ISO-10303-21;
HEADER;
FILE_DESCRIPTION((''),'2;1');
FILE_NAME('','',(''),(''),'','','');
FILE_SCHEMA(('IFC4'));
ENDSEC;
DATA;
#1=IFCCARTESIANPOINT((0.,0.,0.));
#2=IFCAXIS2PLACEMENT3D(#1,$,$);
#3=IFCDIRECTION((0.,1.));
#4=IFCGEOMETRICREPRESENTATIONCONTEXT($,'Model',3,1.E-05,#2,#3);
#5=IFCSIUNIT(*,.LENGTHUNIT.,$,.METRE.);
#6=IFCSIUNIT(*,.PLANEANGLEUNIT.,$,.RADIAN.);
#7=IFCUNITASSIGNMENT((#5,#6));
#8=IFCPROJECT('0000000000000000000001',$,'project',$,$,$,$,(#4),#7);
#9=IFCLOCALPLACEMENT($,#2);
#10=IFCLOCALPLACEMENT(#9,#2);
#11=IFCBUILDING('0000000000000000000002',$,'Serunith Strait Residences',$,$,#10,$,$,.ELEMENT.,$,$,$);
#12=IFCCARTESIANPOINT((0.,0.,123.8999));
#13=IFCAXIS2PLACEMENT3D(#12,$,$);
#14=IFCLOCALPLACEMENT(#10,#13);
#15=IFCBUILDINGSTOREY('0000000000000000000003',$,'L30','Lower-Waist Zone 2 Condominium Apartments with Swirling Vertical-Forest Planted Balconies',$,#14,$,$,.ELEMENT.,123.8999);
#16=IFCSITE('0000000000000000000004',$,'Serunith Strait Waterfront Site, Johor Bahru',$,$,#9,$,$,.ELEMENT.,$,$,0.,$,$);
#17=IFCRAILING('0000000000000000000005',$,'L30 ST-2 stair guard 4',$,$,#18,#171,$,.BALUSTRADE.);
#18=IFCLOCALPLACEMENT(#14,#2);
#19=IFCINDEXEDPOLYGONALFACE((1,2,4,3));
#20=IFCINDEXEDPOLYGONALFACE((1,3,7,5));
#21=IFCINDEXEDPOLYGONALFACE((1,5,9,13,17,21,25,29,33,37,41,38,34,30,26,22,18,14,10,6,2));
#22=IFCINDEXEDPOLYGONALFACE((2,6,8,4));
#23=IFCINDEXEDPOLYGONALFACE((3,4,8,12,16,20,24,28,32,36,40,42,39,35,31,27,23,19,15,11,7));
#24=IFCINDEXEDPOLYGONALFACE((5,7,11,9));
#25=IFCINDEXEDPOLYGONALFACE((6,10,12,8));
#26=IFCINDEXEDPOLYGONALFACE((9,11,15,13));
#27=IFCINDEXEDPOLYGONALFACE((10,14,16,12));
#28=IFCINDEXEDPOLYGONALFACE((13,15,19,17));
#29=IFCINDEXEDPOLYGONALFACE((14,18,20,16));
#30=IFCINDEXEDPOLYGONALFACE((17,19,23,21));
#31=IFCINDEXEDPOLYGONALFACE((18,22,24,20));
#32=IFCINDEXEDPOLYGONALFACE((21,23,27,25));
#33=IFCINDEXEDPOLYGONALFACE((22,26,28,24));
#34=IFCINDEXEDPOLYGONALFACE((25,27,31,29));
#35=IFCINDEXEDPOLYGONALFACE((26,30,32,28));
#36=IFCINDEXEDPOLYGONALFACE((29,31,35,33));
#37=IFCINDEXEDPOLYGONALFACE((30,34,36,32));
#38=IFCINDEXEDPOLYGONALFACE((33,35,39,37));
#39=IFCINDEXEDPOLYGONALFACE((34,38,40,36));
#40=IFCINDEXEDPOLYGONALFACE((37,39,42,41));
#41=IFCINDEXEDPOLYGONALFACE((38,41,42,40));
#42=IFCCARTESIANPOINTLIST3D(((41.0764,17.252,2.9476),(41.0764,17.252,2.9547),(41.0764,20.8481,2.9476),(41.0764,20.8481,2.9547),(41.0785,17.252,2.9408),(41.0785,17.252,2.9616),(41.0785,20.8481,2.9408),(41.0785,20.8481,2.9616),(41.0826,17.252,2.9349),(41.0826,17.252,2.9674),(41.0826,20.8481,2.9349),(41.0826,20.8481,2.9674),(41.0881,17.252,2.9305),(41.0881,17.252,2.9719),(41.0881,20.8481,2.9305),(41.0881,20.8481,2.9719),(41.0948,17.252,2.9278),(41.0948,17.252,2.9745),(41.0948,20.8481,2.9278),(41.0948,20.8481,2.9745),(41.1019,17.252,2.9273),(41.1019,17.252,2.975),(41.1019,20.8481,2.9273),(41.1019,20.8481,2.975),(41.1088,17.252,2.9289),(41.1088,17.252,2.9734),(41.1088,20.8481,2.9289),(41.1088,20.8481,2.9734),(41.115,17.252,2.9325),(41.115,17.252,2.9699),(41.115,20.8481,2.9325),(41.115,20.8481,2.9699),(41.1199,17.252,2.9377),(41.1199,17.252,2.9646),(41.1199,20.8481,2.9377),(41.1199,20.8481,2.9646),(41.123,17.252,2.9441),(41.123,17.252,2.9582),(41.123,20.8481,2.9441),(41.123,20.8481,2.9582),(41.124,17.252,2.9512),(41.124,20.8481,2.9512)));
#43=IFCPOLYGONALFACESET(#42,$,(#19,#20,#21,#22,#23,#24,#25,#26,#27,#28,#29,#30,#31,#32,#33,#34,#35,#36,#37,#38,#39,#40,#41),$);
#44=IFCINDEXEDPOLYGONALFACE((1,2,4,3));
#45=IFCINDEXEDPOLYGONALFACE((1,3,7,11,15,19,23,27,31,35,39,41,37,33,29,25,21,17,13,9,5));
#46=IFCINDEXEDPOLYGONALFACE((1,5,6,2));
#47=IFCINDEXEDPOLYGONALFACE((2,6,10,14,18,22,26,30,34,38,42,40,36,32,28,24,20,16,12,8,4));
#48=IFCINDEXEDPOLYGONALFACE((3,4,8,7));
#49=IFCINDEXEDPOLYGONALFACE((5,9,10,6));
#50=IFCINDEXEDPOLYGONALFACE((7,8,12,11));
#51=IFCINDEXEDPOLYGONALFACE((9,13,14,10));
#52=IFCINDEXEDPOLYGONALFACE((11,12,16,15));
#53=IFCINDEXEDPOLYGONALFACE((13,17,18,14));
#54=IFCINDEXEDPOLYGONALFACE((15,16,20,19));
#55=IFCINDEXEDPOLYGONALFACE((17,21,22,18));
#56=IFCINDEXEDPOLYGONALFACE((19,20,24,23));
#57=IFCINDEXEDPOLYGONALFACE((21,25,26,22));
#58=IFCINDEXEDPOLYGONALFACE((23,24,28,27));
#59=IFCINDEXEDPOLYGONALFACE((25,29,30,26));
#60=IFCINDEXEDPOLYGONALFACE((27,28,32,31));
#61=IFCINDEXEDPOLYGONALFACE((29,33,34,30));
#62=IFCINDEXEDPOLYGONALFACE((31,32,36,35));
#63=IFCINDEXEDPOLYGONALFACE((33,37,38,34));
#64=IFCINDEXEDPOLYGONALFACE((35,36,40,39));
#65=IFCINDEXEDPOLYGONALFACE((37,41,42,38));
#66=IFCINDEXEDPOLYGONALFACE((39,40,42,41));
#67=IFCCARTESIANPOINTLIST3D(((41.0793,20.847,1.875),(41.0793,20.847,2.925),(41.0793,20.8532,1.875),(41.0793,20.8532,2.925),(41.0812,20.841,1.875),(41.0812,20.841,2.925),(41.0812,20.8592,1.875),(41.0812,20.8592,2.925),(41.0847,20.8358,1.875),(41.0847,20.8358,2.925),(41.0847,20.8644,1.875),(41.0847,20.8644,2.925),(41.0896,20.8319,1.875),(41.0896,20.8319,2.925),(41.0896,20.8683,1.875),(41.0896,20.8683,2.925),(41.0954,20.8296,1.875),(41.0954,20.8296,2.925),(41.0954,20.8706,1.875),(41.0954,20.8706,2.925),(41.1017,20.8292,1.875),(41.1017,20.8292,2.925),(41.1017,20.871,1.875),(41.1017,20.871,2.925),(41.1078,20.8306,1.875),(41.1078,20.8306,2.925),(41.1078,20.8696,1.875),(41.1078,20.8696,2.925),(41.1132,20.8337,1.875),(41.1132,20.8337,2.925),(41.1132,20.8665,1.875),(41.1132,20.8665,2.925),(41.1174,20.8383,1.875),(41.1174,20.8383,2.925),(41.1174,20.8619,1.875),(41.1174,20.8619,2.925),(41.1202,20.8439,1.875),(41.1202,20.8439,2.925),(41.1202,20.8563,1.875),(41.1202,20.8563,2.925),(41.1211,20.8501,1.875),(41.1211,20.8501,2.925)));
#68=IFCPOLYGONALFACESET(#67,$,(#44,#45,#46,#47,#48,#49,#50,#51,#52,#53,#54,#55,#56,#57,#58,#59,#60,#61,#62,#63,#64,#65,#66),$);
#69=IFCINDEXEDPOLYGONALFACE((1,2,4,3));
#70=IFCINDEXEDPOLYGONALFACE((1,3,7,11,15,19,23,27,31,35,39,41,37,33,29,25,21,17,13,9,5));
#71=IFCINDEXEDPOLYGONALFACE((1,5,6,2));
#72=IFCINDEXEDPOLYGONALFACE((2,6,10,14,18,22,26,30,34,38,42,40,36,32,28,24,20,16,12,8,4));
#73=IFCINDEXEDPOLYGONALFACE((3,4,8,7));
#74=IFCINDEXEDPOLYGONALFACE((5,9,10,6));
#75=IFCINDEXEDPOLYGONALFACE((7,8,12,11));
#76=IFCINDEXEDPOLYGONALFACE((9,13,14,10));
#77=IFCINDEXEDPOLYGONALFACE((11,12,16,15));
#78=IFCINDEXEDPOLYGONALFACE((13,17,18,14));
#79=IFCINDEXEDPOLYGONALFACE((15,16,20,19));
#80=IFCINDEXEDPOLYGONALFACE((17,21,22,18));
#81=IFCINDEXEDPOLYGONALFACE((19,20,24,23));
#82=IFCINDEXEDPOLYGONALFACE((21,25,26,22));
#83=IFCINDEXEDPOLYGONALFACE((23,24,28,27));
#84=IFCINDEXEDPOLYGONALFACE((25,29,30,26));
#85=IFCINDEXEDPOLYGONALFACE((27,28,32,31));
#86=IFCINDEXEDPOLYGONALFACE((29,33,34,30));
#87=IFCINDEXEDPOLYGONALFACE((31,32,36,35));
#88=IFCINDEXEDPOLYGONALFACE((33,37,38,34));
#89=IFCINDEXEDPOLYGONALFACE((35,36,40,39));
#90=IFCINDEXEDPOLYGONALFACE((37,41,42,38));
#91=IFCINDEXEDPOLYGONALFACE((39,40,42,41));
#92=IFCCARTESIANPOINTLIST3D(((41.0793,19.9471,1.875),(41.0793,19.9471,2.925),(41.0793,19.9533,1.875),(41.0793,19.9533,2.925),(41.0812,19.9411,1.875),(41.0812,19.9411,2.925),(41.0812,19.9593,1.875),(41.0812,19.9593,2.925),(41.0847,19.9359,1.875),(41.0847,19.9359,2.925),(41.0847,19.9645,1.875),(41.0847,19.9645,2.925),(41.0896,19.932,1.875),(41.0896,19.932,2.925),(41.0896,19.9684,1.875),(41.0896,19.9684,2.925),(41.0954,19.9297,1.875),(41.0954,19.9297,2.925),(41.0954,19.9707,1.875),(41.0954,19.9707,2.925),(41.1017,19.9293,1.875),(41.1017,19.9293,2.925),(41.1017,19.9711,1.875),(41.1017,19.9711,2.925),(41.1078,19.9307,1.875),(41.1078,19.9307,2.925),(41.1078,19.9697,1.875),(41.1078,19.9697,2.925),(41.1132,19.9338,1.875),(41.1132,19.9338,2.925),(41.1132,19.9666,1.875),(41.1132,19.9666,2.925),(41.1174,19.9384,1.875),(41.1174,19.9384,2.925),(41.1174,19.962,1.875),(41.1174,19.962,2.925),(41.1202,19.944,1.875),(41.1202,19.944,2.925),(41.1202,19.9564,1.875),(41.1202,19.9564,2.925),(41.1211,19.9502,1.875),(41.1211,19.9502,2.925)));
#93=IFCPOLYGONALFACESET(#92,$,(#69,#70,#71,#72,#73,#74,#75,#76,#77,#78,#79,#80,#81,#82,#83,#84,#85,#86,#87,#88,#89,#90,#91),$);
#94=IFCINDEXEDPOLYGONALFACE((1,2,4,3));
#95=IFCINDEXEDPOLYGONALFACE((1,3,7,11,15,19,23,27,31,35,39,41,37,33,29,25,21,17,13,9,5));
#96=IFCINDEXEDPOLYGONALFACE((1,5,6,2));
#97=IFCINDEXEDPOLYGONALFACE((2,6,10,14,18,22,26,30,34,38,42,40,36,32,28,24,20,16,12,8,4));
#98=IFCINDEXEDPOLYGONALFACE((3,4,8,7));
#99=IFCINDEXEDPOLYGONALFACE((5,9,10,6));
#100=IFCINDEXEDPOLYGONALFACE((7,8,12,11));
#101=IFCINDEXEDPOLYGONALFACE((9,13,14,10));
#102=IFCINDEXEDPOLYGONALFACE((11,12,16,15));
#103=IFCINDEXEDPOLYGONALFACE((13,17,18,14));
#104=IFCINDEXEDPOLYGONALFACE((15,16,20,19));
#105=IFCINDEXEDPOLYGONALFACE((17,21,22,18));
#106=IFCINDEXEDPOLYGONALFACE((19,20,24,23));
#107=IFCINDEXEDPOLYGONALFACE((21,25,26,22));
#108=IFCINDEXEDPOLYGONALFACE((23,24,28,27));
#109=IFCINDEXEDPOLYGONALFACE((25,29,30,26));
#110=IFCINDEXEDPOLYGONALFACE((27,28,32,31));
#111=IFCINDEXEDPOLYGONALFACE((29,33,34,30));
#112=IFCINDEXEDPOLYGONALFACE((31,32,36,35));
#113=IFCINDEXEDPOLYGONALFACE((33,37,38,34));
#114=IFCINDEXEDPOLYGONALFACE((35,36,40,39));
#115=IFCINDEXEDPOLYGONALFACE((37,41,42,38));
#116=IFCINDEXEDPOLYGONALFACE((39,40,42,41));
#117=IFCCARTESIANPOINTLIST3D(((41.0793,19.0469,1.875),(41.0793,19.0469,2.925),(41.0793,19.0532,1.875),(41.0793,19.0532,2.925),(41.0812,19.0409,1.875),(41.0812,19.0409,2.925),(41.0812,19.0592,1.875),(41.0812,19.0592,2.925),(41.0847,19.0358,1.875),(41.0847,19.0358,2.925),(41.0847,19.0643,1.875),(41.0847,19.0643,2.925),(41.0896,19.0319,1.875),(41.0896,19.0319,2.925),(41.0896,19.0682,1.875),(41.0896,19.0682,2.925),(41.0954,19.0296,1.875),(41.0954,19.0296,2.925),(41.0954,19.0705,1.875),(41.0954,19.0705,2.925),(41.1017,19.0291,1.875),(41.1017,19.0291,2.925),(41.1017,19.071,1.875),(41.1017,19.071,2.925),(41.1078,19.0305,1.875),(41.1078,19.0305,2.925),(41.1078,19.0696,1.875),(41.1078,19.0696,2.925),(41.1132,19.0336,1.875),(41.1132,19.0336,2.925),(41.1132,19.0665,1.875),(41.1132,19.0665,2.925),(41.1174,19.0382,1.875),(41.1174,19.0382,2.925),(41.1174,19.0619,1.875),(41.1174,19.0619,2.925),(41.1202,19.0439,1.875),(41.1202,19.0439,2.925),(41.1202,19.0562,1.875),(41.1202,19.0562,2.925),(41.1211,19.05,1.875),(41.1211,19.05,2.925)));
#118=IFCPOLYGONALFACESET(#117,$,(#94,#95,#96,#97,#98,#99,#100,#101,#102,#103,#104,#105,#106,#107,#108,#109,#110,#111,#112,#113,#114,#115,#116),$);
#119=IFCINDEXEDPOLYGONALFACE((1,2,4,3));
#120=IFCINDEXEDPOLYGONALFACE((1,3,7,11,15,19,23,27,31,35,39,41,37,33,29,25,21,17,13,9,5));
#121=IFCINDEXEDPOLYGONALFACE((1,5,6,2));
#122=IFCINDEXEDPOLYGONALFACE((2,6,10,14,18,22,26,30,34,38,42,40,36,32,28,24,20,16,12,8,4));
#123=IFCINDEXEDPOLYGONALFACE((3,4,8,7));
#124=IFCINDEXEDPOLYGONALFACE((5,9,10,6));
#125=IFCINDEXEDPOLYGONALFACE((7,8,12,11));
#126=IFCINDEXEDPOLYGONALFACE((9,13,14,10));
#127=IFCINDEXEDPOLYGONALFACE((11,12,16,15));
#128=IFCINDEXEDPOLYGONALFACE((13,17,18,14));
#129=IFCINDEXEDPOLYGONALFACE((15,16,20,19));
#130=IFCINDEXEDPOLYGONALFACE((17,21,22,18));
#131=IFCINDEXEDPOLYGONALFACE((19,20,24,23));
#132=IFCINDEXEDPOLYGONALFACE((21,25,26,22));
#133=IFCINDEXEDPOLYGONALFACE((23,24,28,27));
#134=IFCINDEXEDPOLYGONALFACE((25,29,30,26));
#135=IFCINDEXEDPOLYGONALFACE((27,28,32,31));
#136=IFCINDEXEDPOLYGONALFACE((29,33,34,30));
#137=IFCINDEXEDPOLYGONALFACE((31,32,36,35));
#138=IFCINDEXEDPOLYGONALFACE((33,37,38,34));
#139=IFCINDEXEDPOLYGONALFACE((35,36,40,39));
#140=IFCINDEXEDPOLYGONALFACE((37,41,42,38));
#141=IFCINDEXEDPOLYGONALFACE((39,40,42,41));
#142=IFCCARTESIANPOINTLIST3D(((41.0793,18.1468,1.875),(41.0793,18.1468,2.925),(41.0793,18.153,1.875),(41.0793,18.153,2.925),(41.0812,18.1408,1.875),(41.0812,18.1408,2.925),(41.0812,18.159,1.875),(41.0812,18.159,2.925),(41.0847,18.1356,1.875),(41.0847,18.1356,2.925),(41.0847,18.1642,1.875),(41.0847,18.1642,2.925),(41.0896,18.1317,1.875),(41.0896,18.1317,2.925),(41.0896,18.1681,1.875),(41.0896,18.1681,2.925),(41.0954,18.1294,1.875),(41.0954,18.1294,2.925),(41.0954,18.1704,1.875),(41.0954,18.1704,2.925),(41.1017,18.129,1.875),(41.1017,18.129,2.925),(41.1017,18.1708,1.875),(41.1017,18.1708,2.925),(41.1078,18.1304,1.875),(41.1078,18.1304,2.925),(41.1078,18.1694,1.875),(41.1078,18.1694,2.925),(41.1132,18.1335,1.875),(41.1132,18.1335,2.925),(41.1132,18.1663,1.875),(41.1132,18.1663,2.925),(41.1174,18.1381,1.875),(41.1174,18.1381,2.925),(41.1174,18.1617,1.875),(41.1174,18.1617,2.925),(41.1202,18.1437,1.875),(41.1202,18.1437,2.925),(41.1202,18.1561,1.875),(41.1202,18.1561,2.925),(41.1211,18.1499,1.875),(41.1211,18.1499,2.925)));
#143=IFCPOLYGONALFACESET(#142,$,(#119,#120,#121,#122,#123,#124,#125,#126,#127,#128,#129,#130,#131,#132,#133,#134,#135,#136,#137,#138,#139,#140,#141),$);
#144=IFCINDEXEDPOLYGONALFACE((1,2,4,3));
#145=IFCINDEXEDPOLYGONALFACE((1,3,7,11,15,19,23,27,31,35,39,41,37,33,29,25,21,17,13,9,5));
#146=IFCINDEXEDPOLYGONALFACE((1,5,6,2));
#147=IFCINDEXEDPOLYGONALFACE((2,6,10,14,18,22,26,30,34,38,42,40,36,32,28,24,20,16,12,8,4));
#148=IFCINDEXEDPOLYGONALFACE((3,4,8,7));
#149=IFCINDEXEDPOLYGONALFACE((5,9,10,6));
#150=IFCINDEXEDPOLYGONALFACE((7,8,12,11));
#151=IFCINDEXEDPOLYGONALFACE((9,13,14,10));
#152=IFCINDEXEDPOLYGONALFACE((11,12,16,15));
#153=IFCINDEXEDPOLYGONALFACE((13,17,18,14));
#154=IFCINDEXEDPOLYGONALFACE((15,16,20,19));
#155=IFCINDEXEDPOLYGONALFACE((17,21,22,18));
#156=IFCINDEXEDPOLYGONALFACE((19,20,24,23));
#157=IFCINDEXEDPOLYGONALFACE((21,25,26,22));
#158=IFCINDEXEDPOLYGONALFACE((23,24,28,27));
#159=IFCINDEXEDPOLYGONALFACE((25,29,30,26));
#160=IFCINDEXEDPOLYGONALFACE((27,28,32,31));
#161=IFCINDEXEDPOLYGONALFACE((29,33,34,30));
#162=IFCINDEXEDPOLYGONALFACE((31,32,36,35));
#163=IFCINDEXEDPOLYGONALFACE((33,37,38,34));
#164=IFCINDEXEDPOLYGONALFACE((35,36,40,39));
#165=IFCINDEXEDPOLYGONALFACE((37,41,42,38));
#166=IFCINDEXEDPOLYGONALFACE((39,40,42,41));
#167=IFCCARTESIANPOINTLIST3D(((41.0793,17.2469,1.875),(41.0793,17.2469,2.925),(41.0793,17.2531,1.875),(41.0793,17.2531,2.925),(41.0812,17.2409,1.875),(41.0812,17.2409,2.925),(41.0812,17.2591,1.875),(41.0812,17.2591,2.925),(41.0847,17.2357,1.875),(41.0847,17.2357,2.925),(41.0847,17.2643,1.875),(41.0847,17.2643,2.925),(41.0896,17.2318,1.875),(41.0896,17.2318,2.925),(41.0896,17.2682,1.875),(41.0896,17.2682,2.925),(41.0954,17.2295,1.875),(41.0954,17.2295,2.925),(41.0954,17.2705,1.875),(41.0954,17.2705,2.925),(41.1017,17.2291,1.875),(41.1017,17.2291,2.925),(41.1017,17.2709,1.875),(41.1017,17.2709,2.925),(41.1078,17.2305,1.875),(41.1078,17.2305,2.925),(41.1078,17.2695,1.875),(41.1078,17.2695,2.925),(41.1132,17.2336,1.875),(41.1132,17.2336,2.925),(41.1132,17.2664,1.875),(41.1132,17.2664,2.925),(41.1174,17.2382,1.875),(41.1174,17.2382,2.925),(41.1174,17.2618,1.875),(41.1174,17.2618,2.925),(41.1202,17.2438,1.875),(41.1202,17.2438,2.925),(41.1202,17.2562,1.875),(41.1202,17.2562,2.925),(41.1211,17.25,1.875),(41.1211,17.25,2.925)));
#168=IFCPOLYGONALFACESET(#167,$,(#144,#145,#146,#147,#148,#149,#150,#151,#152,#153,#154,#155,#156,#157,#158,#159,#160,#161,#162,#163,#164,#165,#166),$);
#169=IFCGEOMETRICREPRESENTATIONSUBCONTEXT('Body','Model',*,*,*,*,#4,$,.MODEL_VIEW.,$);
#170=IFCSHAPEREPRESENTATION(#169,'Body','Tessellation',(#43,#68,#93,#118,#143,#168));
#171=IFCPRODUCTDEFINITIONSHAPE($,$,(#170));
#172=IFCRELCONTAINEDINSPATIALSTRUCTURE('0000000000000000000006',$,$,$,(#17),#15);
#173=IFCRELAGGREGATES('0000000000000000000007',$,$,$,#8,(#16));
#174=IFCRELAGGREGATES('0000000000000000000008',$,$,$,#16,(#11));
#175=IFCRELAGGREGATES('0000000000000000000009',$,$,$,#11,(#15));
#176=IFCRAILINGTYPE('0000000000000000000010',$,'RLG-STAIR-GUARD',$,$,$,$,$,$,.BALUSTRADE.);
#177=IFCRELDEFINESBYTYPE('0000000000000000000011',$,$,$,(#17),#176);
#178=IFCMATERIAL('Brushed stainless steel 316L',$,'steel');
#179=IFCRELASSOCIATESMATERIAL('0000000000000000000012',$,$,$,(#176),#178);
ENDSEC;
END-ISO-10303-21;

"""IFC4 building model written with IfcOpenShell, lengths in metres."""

from ifc_helpers import new_model, si_unit, direction, frame, origin, origin_2d, place, context, subcontext, project, spatial, circle, extrude, material, type_object, element, save


model = new_model("IFC4")

# Units and contexts
model_context = context("Model", 3, precision=1e-05, world=origin(), true_north=direction((0.0, 1.0)))
body_context = subcontext(model_context, "Body", "Model", "MODEL_VIEW")
ifc_project = project(units=[si_unit("LENGTHUNIT", "METRE"), si_unit("PLANEANGLEUNIT", "RADIAN")], contexts=[model_context])

# Site, building, storey
site_placement = place(None, origin())
site = spatial("IfcSite", under=ifc_project, at=site_placement, Name="Serunith Strait Waterfront Site, Johor Bahru", CompositionType="ELEMENT", RefElevation=0.0)
building_placement = place(site_placement, origin())
building = spatial("IfcBuilding", under=site, at=building_placement, Name="Serunith Strait Residences", CompositionType="ELEMENT")
storey_placement = place(building_placement, frame((0.0, 0.0, 123.8999)))
storey = spatial("IfcBuildingStorey", under=building, at=storey_placement, Name="L30", Description="Lower-Waist Zone 2 Condominium Apartments with Swirling Vertical-Forest Planted Balconies", CompositionType="ELEMENT", Elevation=123.8999)

# Railing
ifc_material_1 = material(Name="Brushed stainless steel 316L", Category="steel")
railing_type_1 = type_object("IfcRailingType", Name="RLG-STAIR-GUARD", PredefinedType="BALUSTRADE", material=ifc_material_1)
for number, where, name in (
    (1, (41.1001, 20.8501, 1.875), "L30 ST-2 stair guard 4"),
):
    element("IfcRailing", number, at=place(storey_placement, frame(where)), inside=storey, type_object=railing_type_1, Name=name, PredefinedType="BALUSTRADE", context=body_context, shape_type="SweptSolid", body=[
        extrude(circle(Radius=0.0239, at=origin_2d()), frame((0.0, -0.002, 1.0762), z_axis=(0.0, -1.0, 0.0), x_axis=(1.0, 0.0, 0.0)), (0.0, 0.0, 1.0), 3.5962),
        extrude(circle(Radius=0.021, at=origin_2d()), origin(), (0.0, 0.0, 1.0), 1.05),
        extrude(circle(Radius=0.021, at=origin_2d()), frame((0.0, -0.8999, 0.0)), (0.0, 0.0, 1.0), 1.05),
        extrude(circle(Radius=0.021, at=origin_2d()), frame((0.0, -1.8, 0.0)), (0.0, 0.0, 1.0), 1.05),
        extrude(circle(Radius=0.021, at=origin_2d()), frame((0.0, -2.7002, 0.0)), (0.0, 0.0, 1.0), 1.05),
        extrude(circle(Radius=0.021, at=origin_2d()), frame((0.0, -3.6001, 0.0)), (0.0, 0.0, 1.0), 1.05),
    ])

save(model, "model.ifc")
